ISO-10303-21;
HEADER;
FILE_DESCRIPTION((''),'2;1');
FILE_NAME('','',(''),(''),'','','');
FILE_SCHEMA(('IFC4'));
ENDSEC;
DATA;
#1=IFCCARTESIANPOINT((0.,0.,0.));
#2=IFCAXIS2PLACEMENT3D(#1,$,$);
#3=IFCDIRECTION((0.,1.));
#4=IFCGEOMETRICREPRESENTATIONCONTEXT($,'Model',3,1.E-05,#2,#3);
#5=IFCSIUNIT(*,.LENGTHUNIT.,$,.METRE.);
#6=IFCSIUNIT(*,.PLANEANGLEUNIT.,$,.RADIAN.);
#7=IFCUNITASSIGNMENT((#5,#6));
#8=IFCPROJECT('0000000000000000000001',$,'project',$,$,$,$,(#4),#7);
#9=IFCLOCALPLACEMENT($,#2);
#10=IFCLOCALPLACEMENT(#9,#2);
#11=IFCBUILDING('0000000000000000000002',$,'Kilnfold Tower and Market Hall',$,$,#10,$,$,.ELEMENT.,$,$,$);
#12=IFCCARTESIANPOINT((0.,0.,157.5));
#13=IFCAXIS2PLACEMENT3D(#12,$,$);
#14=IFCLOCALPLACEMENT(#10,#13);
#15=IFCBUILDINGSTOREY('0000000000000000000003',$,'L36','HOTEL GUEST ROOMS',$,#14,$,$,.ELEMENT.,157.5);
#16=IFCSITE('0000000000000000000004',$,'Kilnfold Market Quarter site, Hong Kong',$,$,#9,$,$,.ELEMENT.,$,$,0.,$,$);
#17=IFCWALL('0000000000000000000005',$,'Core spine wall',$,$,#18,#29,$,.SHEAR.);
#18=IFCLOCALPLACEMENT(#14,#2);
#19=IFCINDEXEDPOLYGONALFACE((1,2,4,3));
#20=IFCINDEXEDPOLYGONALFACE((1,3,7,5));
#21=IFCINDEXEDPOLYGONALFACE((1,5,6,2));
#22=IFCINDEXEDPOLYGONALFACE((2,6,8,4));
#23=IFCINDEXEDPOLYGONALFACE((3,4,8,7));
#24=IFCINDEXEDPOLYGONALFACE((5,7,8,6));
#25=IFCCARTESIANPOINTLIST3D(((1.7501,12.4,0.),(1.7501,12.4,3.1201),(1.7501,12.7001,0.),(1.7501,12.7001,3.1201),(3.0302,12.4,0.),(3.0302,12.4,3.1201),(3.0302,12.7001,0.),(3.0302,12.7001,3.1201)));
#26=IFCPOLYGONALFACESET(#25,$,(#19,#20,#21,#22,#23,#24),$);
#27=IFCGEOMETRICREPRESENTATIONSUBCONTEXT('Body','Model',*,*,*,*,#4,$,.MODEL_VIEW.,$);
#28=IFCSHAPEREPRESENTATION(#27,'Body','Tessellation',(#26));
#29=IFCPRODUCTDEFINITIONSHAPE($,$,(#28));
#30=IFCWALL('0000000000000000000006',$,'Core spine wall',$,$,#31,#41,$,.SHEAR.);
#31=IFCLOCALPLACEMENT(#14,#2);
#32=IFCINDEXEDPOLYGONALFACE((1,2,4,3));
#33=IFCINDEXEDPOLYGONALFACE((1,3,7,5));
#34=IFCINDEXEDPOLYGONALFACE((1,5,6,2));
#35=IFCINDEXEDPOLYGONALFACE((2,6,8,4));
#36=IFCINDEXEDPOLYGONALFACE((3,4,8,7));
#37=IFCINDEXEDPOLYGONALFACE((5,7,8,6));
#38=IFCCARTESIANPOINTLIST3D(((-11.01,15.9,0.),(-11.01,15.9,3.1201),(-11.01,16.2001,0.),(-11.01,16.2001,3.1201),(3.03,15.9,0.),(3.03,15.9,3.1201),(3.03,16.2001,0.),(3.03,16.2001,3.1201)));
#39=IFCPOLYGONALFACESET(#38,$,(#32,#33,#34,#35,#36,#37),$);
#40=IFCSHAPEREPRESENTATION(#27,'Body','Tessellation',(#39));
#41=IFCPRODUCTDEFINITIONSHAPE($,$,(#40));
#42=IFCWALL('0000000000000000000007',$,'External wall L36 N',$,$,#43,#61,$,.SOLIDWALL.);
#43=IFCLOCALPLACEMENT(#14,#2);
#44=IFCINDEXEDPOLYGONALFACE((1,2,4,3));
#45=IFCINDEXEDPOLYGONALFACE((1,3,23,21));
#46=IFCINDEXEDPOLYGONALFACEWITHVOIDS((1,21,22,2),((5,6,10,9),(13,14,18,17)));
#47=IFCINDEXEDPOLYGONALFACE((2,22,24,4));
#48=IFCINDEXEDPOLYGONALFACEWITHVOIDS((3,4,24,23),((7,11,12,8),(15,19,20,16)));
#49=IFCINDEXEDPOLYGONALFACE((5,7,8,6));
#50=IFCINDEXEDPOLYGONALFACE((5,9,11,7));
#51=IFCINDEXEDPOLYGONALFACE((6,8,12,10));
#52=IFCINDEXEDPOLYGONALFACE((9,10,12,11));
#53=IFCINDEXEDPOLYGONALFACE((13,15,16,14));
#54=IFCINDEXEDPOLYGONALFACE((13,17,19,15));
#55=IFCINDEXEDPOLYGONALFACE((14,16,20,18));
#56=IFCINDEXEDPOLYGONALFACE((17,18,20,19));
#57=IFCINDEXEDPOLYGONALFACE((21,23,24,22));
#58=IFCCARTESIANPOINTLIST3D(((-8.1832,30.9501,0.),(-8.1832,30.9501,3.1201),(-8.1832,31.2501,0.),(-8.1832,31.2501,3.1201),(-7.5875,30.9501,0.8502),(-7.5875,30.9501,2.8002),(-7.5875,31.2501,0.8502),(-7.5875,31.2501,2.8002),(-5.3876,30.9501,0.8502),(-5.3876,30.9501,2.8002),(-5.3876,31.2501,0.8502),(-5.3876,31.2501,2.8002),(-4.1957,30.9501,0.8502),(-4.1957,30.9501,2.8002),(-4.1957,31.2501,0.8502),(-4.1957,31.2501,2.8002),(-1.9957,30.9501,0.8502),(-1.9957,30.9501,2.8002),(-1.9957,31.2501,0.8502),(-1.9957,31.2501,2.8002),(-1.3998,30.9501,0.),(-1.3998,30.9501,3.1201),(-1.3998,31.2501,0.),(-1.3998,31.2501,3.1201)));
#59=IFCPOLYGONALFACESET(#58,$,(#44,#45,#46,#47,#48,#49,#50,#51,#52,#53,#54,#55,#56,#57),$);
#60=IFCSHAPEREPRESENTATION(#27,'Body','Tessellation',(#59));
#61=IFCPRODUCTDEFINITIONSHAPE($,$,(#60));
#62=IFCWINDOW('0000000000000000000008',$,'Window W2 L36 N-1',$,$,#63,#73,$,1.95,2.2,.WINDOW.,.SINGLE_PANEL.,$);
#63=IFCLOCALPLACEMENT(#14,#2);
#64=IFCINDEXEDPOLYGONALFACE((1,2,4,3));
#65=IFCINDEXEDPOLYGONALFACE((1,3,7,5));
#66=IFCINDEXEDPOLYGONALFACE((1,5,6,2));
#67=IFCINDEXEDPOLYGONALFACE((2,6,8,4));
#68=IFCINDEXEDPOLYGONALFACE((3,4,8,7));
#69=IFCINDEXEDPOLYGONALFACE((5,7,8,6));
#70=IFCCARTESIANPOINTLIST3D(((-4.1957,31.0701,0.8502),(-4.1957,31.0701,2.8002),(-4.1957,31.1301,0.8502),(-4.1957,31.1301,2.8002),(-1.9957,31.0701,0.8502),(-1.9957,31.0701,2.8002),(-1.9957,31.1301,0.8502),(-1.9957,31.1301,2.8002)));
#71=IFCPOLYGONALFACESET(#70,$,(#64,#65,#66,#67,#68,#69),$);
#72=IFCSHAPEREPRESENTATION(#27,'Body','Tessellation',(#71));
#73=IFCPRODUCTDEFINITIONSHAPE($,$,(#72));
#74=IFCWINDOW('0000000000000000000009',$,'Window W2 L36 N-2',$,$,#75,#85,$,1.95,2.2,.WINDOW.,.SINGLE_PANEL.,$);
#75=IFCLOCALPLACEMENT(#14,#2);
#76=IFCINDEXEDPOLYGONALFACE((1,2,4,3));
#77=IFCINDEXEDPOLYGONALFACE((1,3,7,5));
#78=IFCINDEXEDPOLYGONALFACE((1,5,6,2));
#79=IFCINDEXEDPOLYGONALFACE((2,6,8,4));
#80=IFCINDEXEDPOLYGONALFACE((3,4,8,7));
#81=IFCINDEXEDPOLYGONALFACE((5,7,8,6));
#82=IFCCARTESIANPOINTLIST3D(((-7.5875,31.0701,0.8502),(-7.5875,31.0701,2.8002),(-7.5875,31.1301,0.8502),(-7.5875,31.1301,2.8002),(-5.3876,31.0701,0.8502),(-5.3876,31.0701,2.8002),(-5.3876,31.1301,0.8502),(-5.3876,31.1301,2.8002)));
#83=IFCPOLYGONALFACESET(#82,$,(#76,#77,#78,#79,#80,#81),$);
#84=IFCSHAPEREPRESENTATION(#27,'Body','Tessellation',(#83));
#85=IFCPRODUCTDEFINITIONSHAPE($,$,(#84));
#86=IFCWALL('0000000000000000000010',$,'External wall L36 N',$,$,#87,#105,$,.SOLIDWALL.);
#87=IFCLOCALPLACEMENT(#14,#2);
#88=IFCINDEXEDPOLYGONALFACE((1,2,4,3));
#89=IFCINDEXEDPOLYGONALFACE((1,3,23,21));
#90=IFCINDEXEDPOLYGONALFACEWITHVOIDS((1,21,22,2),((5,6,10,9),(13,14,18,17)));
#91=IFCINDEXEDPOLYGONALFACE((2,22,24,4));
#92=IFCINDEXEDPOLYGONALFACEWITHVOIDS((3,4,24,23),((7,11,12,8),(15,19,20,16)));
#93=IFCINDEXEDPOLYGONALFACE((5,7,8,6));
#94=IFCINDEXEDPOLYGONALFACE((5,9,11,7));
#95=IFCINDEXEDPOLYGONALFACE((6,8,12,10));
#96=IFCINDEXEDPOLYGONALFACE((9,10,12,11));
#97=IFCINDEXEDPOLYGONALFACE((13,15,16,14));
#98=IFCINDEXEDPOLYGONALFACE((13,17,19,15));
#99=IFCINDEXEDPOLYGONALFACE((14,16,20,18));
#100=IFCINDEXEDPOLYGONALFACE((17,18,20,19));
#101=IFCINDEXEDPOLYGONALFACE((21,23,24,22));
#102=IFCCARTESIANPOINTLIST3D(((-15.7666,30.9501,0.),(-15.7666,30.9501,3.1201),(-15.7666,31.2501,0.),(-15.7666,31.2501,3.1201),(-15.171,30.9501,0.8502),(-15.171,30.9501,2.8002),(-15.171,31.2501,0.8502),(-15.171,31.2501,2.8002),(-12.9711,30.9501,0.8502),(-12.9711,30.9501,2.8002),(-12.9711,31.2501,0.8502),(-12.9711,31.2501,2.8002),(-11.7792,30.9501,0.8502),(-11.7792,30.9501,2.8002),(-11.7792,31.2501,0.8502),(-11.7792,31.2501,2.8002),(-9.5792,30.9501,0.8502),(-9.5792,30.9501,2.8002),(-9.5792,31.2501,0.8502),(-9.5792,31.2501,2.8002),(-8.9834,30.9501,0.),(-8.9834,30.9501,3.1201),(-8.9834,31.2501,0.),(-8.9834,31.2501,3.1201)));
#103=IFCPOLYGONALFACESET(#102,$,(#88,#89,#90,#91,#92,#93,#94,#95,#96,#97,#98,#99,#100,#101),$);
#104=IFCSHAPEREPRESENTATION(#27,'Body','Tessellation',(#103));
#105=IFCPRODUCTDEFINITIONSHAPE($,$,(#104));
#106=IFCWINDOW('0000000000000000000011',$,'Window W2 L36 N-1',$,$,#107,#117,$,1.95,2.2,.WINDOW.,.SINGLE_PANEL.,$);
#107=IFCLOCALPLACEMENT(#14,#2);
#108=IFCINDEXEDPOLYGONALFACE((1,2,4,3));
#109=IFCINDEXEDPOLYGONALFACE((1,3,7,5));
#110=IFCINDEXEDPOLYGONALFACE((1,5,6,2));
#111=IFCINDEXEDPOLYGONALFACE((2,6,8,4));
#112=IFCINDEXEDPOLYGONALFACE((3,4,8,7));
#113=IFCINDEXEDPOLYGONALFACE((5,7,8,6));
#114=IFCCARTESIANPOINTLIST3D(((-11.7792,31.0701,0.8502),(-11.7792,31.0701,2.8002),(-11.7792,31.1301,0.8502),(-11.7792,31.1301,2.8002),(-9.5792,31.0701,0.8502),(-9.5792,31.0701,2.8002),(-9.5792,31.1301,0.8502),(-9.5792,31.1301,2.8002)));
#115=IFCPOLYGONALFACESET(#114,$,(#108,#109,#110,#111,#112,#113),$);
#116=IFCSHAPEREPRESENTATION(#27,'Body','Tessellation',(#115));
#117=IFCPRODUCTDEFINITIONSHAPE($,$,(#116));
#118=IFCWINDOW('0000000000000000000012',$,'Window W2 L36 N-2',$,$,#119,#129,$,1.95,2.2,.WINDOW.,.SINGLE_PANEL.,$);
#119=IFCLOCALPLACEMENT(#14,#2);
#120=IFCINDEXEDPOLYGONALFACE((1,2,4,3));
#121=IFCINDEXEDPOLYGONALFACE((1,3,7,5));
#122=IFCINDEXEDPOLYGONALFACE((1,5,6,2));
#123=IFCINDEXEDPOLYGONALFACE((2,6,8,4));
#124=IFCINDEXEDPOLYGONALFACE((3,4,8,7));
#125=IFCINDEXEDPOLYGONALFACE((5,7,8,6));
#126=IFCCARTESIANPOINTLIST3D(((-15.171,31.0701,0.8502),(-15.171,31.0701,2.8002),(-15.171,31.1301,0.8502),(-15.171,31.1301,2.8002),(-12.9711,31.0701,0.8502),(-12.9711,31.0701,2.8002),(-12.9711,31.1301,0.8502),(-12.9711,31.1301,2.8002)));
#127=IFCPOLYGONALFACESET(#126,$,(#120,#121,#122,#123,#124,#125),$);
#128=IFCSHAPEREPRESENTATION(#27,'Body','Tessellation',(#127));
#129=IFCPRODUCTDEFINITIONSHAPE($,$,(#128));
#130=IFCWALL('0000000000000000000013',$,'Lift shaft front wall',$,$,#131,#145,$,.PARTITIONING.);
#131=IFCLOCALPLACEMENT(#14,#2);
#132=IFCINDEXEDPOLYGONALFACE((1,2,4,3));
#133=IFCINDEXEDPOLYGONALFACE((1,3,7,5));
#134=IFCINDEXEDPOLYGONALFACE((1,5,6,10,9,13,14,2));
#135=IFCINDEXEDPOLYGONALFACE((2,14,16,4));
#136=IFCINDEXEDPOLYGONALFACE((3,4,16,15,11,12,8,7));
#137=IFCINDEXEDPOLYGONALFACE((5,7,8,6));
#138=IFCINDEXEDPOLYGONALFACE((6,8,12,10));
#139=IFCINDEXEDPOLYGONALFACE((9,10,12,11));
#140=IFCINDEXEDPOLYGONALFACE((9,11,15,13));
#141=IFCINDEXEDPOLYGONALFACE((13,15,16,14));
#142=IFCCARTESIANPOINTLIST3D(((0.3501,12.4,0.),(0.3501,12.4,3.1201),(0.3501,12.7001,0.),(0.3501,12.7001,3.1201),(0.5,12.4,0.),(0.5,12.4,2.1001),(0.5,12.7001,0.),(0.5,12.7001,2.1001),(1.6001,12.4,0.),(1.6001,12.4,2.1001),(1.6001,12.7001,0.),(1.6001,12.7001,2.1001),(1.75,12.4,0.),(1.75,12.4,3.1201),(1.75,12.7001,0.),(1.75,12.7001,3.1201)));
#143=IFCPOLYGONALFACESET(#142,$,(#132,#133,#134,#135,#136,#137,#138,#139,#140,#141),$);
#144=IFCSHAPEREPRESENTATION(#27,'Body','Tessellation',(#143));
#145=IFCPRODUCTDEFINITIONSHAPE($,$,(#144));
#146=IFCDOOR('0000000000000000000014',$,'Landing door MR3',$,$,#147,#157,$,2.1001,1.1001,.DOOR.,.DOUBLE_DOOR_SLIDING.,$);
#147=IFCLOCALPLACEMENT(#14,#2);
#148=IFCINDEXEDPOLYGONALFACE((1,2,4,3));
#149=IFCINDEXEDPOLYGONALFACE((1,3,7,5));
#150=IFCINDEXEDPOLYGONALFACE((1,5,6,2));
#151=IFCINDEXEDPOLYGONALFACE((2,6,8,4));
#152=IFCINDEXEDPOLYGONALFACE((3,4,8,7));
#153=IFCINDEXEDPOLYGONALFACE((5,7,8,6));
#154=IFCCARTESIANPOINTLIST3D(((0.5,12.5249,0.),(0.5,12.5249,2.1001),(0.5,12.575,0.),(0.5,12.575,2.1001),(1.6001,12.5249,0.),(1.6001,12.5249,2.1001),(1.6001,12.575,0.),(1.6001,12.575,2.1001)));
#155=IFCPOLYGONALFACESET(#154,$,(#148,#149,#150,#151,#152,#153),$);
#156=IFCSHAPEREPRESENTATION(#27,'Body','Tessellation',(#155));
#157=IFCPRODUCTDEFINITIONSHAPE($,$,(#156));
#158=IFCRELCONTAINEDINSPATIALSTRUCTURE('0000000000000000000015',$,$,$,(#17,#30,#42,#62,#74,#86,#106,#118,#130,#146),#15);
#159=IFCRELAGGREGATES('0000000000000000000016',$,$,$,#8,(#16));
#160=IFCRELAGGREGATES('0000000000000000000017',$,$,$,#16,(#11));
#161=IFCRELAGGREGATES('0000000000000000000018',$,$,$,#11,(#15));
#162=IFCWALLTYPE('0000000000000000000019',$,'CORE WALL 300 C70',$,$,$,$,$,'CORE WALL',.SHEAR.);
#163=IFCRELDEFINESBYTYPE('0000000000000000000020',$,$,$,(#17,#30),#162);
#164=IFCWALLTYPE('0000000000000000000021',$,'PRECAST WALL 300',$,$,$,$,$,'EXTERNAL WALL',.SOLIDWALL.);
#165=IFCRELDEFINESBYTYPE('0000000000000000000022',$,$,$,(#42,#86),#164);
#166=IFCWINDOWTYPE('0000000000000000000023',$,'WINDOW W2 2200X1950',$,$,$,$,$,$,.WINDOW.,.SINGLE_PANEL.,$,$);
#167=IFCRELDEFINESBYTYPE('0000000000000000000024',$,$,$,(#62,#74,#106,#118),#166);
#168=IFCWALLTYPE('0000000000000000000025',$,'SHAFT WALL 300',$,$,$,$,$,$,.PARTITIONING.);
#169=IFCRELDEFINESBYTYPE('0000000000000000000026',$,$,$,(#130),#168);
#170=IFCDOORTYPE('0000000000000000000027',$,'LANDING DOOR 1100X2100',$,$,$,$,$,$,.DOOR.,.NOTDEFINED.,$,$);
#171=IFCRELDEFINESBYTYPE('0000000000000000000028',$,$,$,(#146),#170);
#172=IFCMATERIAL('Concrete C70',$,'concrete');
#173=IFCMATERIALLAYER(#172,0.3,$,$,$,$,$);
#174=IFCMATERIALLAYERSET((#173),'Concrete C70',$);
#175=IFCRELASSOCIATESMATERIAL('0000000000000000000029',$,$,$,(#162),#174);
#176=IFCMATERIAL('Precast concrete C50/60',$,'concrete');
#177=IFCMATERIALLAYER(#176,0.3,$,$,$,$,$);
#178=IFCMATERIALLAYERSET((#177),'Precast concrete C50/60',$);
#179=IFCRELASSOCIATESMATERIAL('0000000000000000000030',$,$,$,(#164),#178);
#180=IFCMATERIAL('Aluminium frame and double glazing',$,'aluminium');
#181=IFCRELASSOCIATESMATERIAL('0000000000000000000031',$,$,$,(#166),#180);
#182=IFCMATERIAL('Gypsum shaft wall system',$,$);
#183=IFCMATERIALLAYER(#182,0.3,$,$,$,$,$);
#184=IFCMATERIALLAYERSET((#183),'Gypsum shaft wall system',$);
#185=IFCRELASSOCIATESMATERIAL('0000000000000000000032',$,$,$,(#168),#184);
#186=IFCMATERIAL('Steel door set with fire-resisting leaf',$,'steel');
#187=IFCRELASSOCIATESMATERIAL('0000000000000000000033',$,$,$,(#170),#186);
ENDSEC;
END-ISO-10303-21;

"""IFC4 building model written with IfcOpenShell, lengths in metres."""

from ifc_helpers import new_model, si_unit, direction, frame, frame_2d, origin, place, context, subcontext, project, spatial, rectangle, extrude, source, transform, mapped, material, layer, layer_set, type_object, element, fill, save


model = new_model("IFC4")

# Units and contexts
model_context = context("Model", 3, precision=1e-05, world=origin(), true_north=direction((0.0, 1.0)))
body_context = subcontext(model_context, "Body", "Model", "MODEL_VIEW")
ifc_project = project(units=[si_unit("LENGTHUNIT", "METRE"), si_unit("PLANEANGLEUNIT", "RADIAN")], contexts=[model_context])

# Site, building, storey
site_placement = place(None, origin())
site = spatial("IfcSite", under=ifc_project, at=site_placement, Name="Kilnfold Market Quarter site, Hong Kong", CompositionType="ELEMENT", RefElevation=0.0)
building_placement = place(site_placement, origin())
building = spatial("IfcBuilding", under=site, at=building_placement, Name="Kilnfold Tower and Market Hall", CompositionType="ELEMENT")
storey_placement = place(building_placement, frame((0.0, 0.0, 157.5)))
storey = spatial("IfcBuildingStorey", under=building, at=storey_placement, Name="L36", Description="HOTEL GUEST ROOMS", CompositionType="ELEMENT", Elevation=157.5)

# Walls
ifc_material_1 = material(Name="Concrete C70", Category="concrete")
ifc_layer_1 = layer(ifc_material_1, 0.3)
ifc_layer_set_1 = layer_set([ifc_layer_1], Name="Concrete C70")
wall_type_1 = type_object("IfcWallType", Name="CORE WALL 300 C70", ElementType="CORE WALL", PredefinedType="SHEAR", material=ifc_layer_set_1)
shared_shape_1 = source(origin(), body_context, "Body", "SweptSolid", [
    extrude(rectangle(XDim=1.28, YDim=0.3, at=frame_2d((0.6401, 0.0))), origin(), (0.0, 0.0, 1.0), 3.1201),
])
wall_1_placement = place(storey_placement, frame((1.75, 12.55, 0.0), z_axis=(0.0, 0.0, 1.0), x_axis=(1.0, 0.0, 0.0)))
element("IfcWall", 1, at=wall_1_placement, inside=storey, type_object=wall_type_1, Name="Core spine wall", PredefinedType="SHEAR", context=body_context, shape_type="MappedRepresentation", body=[
    mapped(shared_shape_1, transform((0.0, 0.0, 0.0))),
])
shared_shape_2 = source(origin(), body_context, "Body", "SweptSolid", [
    extrude(rectangle(XDim=14.04, YDim=0.3, at=frame_2d((7.02, 0.0))), origin(), (0.0, 0.0, 1.0), 3.1201),
])
wall_2_placement = place(storey_placement, frame((-11.01, 16.05, 0.0), z_axis=(0.0, 0.0, 1.0), x_axis=(1.0, 0.0, 0.0)))
element("IfcWall", 2, at=wall_2_placement, inside=storey, type_object=wall_type_1, Name="Core spine wall", PredefinedType="SHEAR", context=body_context, shape_type="MappedRepresentation", body=[
    mapped(shared_shape_2, transform((0.0, 0.0, 0.0))),
])

# Walls, openings, windows
ifc_material_2 = material(Name="Precast concrete C50/60", Category="concrete")
ifc_layer_2 = layer(ifc_material_2, 0.3)
ifc_layer_set_2 = layer_set([ifc_layer_2], Name="Precast concrete C50/60")
wall_type_2 = type_object("IfcWallType", Name="PRECAST WALL 300", ElementType="EXTERNAL WALL", PredefinedType="SOLIDWALL", material=ifc_layer_set_2)
shared_shape_3 = source(origin(), body_context, "Body", "SweptSolid", [
    extrude(rectangle(XDim=6.7834, YDim=0.3, at=frame_2d((3.3916, 0.0))), origin(), (0.0, 0.0, 1.0), 3.1201),
])
wall_3_placement = place(storey_placement, frame((-1.3999, 31.1001, 0.0), z_axis=(0.0, 0.0, 1.0), x_axis=(-1.0, 0.0, 0.0)))
wall_3 = element("IfcWall", 3, at=wall_3_placement, inside=storey, type_object=wall_type_2, Name="External wall L36 N", PredefinedType="SOLIDWALL", context=body_context, shape_type="MappedRepresentation", body=[
    mapped(shared_shape_3, transform((0.0, 0.0, 0.0))),
])
opening_1_placement = place(wall_3_placement, frame((0.5957, 0.0, 0.8501)))
opening_1 = element("IfcOpeningElement", 4, at=opening_1_placement, cuts=wall_3, PredefinedType="OPENING", context=body_context, shape_type="SweptSolid", body=[
    extrude(rectangle(XDim=2.2, YDim=1.95, at=frame_2d((1.1001, 0.9751))), frame((0.0, 0.1602, 0.0), z_axis=(0.0, -1.0, 0.0), x_axis=(1.0, 0.0, 0.0)), (0.0, 0.0, 1.0), 0.3201),
])
opening_2_placement = place(wall_3_placement, frame((3.9875, 0.0, 0.8501)))
opening_2 = element("IfcOpeningElement", 5, at=opening_2_placement, cuts=wall_3, PredefinedType="OPENING", context=body_context, shape_type="SweptSolid", body=[
    extrude(rectangle(XDim=2.2, YDim=1.95, at=frame_2d((1.1001, 0.9751))), frame((0.0, 0.1602, 0.0), z_axis=(0.0, -1.0, 0.0), x_axis=(1.0, 0.0, 0.0)), (0.0, 0.0, 1.0), 0.3201),
])
ifc_material_3 = material(Name="Aluminium frame and double glazing", Category="aluminium")
window_type = type_object("IfcWindowType", Name="WINDOW W2 2200X1950", PartitioningType="SINGLE_PANEL", PredefinedType="WINDOW", material=ifc_material_3)
window_1_placement = place(opening_1_placement, origin())
window_1 = element("IfcWindow", 6, at=window_1_placement, inside=storey, type_object=window_type, Name="Window W2 L36 N-1", OverallHeight=1.95, OverallWidth=2.2, PartitioningType="SINGLE_PANEL", PredefinedType="WINDOW", context=body_context, shape_type="SweptSolid", body=[
    extrude(rectangle(XDim=2.2, YDim=1.95, at=frame_2d((1.1001, 0.9751))), frame((0.0, 0.03, 0.0), z_axis=(0.0, -1.0, 0.0), x_axis=(1.0, 0.0, 0.0)), (0.0, 0.0, 1.0), 0.0601),
])
fill(opening_1, window_1)
window_2_placement = place(opening_2_placement, origin())
window_2 = element("IfcWindow", 7, at=window_2_placement, inside=storey, type_object=window_type, Name="Window W2 L36 N-2", OverallHeight=1.95, OverallWidth=2.2, PartitioningType="SINGLE_PANEL", PredefinedType="WINDOW", context=body_context, shape_type="SweptSolid", body=[
    extrude(rectangle(XDim=2.2, YDim=1.95, at=frame_2d((1.1001, 0.9751))), frame((0.0, 0.03, 0.0), z_axis=(0.0, -1.0, 0.0), x_axis=(1.0, 0.0, 0.0)), (0.0, 0.0, 1.0), 0.0601),
])
fill(opening_2, window_2)
shared_shape_4 = source(origin(), body_context, "Body", "SweptSolid", [
    extrude(rectangle(XDim=6.7832, YDim=0.3, at=frame_2d((3.3916, 0.0))), origin(), (0.0, 0.0, 1.0), 3.1201),
])
wall_4_placement = place(storey_placement, frame((-8.9834, 31.1001, 0.0), z_axis=(0.0, 0.0, 1.0), x_axis=(-1.0, 0.0, 0.0)))
wall_4 = element("IfcWall", 8, at=wall_4_placement, inside=storey, type_object=wall_type_2, Name="External wall L36 N", PredefinedType="SOLIDWALL", context=body_context, shape_type="MappedRepresentation", body=[
    mapped(shared_shape_4, transform((0.0, 0.0, 0.0))),
])
opening_3_placement = place(wall_4_placement, frame((0.5957, 0.0, 0.8501)))
opening_3 = element("IfcOpeningElement", 9, at=opening_3_placement, cuts=wall_4, PredefinedType="OPENING", context=body_context, shape_type="SweptSolid", body=[
    extrude(rectangle(XDim=2.2, YDim=1.95, at=frame_2d((1.1001, 0.9751))), frame((0.0, 0.1602, 0.0), z_axis=(0.0, -1.0, 0.0), x_axis=(1.0, 0.0, 0.0)), (0.0, 0.0, 1.0), 0.3201),
])
opening_4_placement = place(wall_4_placement, frame((3.9875, 0.0, 0.8501)))
opening_4 = element("IfcOpeningElement", 10, at=opening_4_placement, cuts=wall_4, PredefinedType="OPENING", context=body_context, shape_type="SweptSolid", body=[
    extrude(rectangle(XDim=2.2, YDim=1.95, at=frame_2d((1.1001, 0.9751))), frame((0.0, 0.1602, 0.0), z_axis=(0.0, -1.0, 0.0), x_axis=(1.0, 0.0, 0.0)), (0.0, 0.0, 1.0), 0.3201),
])
window_3_placement = place(opening_3_placement, origin())
window_3 = element("IfcWindow", 11, at=window_3_placement, inside=storey, type_object=window_type, Name="Window W2 L36 N-1", OverallHeight=1.95, OverallWidth=2.2, PartitioningType="SINGLE_PANEL", PredefinedType="WINDOW", context=body_context, shape_type="SweptSolid", body=[
    extrude(rectangle(XDim=2.2, YDim=1.95, at=frame_2d((1.1001, 0.9751))), frame((0.0, 0.03, 0.0), z_axis=(0.0, -1.0, 0.0), x_axis=(1.0, 0.0, 0.0)), (0.0, 0.0, 1.0), 0.0601),
])
fill(opening_3, window_3)
window_4_placement = place(opening_4_placement, origin())
window_4 = element("IfcWindow", 12, at=window_4_placement, inside=storey, type_object=window_type, Name="Window W2 L36 N-2", OverallHeight=1.95, OverallWidth=2.2, PartitioningType="SINGLE_PANEL", PredefinedType="WINDOW", context=body_context, shape_type="SweptSolid", body=[
    extrude(rectangle(XDim=2.2, YDim=1.95, at=frame_2d((1.1001, 0.9751))), frame((0.0, 0.03, 0.0), z_axis=(0.0, -1.0, 0.0), x_axis=(1.0, 0.0, 0.0)), (0.0, 0.0, 1.0), 0.0601),
])
fill(opening_4, window_4)

# Wall, opening, door
ifc_material_4 = material(Name="Gypsum shaft wall system")
ifc_layer_3 = layer(ifc_material_4, 0.3)
ifc_layer_set_3 = layer_set([ifc_layer_3], Name="Gypsum shaft wall system")
wall_type_3 = type_object("IfcWallType", Name="SHAFT WALL 300", PredefinedType="PARTITIONING", material=ifc_layer_set_3)
shared_shape_5 = source(origin(), body_context, "Body", "SweptSolid", [
    extrude(rectangle(XDim=1.3999, YDim=0.3, at=frame_2d((0.7, 0.0))), origin(), (0.0, 0.0, 1.0), 3.1201),
])
wall_5_placement = place(storey_placement, frame((0.3501, 12.55, 0.0), z_axis=(0.0, 0.0, 1.0), x_axis=(1.0, 0.0, 0.0)))
wall_5 = element("IfcWall", 13, at=wall_5_placement, inside=storey, type_object=wall_type_3, Name="Lift shaft front wall", PredefinedType="PARTITIONING", context=body_context, shape_type="MappedRepresentation", body=[
    mapped(shared_shape_5, transform((0.0, 0.0, 0.0))),
])
opening_5_placement = place(wall_5_placement, frame((0.1499, 0.0, 0.0)))
opening_5 = element("IfcOpeningElement", 14, at=opening_5_placement, cuts=wall_5, PredefinedType="OPENING", context=body_context, shape_type="SweptSolid", body=[
    extrude(rectangle(XDim=1.1001, YDim=2.1001, at=frame_2d((0.55, 1.05))), frame((0.0, 0.1602, 0.0), z_axis=(0.0, -1.0, 0.0), x_axis=(1.0, 0.0, 0.0)), (0.0, 0.0, 1.0), 0.3201),
])
ifc_material_5 = material(Name="Steel door set with fire-resisting leaf", Category="steel")
door_type_1 = type_object("IfcDoorType", Name="LANDING DOOR 1100X2100", OperationType="NOTDEFINED", PredefinedType="DOOR", material=ifc_material_5)
door_1_placement = place(opening_5_placement, origin())
door_1 = element("IfcDoor", 15, at=door_1_placement, inside=storey, type_object=door_type_1, Name="Landing door MR3", OperationType="DOUBLE_DOOR_SLIDING", OverallHeight=2.1001, OverallWidth=1.1001, PredefinedType="DOOR", context=body_context, shape_type="SweptSolid", body=[
    extrude(rectangle(XDim=1.1001, YDim=2.1001, at=frame_2d((0.55, 1.05))), frame((0.0, 0.0249, 0.0), z_axis=(0.0, -1.0, 0.0), x_axis=(1.0, 0.0, 0.0)), (0.0, 0.0, 1.0), 0.05),
])
fill(opening_5, door_1)

save(model, "model.ifc")
